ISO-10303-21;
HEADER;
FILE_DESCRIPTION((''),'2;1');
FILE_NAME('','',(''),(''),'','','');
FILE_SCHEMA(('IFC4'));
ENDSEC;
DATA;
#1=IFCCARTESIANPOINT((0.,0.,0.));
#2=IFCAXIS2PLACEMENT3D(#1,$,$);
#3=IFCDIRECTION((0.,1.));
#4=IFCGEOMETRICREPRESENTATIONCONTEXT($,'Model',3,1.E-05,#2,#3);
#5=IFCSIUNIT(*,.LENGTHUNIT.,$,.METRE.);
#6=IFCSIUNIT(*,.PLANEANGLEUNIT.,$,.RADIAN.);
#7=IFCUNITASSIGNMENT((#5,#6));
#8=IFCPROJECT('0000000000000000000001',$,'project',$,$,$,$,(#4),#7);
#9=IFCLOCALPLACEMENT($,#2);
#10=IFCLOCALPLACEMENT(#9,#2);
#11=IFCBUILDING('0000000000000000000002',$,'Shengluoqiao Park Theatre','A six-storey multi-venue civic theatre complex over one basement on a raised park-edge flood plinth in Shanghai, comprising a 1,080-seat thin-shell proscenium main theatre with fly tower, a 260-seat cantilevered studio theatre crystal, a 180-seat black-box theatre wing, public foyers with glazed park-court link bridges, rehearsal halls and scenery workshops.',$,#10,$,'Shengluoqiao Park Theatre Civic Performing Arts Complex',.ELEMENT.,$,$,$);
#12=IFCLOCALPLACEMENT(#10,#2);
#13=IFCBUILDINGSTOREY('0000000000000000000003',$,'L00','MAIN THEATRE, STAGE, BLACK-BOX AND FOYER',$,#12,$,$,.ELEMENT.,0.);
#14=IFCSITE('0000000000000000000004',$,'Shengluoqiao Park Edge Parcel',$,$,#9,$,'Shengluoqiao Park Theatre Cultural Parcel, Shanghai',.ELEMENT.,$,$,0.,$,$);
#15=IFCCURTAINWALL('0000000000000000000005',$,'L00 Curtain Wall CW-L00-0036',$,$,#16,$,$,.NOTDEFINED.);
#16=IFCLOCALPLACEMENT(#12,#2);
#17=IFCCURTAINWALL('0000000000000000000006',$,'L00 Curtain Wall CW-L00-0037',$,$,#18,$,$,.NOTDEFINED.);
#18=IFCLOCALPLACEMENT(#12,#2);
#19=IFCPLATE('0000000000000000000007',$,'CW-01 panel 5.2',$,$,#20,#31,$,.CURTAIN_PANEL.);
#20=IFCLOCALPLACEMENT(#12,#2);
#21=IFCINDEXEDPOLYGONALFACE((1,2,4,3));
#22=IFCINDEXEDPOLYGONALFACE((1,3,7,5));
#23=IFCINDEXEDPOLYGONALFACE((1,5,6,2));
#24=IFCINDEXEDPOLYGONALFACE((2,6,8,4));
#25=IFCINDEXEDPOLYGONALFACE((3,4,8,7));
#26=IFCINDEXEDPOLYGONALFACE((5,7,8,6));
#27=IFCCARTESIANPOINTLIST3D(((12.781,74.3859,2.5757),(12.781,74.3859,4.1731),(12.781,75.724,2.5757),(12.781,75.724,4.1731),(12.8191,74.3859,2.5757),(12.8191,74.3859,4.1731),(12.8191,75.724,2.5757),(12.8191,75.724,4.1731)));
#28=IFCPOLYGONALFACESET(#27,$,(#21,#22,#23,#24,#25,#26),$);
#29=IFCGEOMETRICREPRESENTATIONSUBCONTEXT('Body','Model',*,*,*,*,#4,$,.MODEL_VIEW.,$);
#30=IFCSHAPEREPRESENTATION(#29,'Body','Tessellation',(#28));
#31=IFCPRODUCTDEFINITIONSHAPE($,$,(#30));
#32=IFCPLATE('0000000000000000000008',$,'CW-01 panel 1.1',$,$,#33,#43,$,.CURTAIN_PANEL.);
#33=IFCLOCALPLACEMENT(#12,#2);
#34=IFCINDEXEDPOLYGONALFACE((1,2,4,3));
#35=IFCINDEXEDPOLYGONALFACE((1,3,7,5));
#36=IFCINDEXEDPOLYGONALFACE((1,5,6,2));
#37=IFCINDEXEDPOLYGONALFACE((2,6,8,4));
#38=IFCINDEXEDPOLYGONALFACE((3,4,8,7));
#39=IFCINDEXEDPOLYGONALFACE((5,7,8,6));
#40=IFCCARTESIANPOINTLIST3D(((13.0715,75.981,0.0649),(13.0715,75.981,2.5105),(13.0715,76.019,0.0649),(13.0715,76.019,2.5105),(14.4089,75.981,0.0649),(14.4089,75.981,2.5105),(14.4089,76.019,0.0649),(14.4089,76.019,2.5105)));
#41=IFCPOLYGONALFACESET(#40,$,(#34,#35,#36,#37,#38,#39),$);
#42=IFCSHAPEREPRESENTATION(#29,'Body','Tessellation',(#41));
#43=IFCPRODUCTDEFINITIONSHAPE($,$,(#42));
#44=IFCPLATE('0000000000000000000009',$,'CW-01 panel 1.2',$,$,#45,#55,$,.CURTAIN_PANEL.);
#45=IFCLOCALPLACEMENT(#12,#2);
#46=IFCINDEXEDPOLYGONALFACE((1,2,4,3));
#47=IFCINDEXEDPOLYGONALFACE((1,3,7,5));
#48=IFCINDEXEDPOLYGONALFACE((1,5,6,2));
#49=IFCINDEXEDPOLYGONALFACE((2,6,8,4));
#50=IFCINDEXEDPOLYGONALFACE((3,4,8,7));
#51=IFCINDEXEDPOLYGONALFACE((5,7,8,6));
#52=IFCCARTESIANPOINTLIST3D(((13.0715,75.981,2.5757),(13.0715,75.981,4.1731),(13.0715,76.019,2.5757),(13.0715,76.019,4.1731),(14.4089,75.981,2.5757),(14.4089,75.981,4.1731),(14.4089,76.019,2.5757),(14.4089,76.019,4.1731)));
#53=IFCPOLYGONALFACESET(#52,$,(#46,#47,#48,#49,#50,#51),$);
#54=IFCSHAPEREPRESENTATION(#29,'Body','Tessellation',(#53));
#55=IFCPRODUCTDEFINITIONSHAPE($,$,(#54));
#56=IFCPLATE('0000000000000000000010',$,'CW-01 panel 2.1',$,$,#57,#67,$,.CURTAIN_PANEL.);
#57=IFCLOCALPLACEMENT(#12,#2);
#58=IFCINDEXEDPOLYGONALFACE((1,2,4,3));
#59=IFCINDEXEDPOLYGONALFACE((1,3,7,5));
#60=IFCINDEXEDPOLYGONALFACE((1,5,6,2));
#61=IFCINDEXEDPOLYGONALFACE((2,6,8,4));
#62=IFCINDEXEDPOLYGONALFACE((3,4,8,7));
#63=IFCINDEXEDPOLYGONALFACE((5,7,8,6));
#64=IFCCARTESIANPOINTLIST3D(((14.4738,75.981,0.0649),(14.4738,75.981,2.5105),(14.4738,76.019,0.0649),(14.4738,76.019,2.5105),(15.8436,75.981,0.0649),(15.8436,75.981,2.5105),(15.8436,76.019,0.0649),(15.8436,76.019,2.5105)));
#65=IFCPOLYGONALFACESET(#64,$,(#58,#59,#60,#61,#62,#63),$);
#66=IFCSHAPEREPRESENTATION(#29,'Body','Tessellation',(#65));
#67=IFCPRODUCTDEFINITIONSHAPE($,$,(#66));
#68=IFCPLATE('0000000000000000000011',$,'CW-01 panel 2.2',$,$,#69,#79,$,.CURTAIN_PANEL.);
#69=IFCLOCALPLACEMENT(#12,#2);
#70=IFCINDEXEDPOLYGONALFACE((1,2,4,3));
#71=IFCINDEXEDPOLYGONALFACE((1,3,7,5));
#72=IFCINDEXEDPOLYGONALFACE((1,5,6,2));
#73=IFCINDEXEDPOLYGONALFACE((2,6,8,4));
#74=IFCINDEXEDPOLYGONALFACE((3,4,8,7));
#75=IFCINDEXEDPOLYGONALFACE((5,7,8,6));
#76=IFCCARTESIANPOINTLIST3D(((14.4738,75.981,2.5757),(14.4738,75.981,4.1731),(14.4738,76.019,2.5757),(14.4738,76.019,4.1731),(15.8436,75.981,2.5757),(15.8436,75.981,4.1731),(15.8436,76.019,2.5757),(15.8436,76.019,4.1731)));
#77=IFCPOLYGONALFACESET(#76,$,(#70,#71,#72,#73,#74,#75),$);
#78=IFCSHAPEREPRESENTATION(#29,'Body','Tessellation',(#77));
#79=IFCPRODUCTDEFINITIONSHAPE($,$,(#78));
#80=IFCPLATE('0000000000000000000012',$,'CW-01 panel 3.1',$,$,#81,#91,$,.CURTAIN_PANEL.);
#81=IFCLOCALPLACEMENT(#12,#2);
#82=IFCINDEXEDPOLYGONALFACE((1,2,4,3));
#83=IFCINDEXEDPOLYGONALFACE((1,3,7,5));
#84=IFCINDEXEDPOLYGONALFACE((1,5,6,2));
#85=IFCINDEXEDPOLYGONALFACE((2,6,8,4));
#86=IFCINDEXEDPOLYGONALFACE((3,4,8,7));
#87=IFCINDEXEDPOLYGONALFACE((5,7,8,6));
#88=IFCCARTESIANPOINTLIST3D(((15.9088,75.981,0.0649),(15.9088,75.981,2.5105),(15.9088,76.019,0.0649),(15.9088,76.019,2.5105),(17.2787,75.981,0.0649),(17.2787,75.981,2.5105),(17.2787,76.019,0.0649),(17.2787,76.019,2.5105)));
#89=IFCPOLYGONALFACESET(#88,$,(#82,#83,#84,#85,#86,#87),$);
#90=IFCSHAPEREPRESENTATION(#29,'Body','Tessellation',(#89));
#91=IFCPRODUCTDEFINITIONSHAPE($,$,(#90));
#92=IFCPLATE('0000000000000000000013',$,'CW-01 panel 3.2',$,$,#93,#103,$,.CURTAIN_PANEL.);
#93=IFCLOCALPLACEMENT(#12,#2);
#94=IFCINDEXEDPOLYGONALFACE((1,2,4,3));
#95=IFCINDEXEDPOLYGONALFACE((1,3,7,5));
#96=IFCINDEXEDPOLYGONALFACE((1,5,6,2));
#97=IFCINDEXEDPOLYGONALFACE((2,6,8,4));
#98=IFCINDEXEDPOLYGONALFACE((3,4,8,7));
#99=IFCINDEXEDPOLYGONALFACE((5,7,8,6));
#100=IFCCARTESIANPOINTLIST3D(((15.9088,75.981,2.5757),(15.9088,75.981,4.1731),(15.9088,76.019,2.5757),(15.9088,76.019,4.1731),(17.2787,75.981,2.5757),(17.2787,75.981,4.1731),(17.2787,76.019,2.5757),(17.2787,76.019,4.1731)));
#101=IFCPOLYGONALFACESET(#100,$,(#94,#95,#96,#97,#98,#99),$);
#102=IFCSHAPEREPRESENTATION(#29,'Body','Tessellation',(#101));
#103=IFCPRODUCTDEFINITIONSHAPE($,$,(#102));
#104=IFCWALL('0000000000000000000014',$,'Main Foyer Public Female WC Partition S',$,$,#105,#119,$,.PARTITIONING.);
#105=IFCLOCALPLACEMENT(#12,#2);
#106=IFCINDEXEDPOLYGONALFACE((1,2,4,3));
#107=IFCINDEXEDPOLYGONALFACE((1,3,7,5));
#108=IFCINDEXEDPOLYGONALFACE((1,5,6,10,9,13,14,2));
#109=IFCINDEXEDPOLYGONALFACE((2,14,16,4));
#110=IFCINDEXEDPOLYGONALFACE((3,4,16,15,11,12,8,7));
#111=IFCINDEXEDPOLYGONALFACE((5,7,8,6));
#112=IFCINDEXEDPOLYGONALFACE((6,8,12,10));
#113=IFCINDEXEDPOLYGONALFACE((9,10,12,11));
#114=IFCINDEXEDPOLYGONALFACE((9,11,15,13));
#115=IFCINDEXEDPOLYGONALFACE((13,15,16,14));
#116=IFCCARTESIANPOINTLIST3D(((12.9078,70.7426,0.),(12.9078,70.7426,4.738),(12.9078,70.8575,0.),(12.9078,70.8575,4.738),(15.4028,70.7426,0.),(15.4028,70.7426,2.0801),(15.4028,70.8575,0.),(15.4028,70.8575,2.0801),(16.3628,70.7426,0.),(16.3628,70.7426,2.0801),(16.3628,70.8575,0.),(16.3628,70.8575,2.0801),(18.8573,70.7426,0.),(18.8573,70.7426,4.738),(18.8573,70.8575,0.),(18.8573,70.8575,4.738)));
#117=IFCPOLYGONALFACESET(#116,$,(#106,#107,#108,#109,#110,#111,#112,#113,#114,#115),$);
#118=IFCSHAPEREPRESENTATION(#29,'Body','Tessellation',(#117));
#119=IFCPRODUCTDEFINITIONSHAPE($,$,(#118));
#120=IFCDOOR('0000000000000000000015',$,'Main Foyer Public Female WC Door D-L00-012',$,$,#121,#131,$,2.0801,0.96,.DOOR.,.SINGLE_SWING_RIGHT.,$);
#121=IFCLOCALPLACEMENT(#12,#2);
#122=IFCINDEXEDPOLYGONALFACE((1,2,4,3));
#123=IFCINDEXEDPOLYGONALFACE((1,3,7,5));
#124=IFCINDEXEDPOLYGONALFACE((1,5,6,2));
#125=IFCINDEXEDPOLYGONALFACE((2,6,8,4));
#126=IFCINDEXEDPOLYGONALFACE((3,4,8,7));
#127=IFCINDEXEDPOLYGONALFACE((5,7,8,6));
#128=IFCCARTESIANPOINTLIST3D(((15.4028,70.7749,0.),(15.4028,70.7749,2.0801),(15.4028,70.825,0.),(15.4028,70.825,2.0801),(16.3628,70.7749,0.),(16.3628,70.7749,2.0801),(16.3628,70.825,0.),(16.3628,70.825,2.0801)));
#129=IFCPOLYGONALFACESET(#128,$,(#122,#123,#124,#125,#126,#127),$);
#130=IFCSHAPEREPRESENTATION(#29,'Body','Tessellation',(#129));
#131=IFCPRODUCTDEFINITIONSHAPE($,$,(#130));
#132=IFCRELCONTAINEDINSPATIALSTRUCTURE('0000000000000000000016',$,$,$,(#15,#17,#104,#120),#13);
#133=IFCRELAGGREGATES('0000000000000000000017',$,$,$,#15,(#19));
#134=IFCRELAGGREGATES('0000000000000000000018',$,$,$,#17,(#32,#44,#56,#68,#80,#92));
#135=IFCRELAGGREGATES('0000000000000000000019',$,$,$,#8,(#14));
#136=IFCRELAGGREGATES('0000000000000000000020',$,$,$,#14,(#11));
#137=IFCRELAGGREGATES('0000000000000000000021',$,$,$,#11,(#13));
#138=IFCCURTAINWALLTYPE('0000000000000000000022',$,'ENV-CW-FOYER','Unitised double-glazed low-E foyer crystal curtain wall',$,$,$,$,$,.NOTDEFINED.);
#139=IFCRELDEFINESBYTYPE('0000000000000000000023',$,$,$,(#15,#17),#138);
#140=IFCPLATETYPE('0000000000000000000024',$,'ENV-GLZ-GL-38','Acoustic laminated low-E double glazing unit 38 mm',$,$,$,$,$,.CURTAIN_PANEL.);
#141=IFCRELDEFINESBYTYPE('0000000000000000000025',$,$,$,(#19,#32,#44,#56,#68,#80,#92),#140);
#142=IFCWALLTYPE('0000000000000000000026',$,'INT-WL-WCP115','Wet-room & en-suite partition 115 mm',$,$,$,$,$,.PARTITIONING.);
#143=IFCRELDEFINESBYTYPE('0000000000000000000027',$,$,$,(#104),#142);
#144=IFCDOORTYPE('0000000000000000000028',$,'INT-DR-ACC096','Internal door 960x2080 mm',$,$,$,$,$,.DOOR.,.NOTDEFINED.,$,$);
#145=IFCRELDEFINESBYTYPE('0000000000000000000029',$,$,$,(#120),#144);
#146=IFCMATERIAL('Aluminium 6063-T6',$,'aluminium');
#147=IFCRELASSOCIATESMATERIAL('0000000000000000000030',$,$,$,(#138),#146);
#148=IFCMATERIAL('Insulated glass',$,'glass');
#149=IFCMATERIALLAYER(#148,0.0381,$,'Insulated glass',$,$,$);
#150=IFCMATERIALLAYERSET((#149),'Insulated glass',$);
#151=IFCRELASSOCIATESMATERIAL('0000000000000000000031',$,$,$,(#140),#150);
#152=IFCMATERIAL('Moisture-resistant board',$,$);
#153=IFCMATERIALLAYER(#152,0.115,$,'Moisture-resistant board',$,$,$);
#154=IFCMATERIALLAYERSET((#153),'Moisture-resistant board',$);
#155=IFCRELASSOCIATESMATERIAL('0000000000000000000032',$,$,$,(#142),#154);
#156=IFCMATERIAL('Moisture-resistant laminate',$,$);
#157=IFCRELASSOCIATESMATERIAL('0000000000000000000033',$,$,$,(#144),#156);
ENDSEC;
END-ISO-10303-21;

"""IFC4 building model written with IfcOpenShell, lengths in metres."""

from ifc_helpers import new_model, si_unit, direction, frame, frame_2d, origin, origin_2d, place, context, subcontext, project, spatial, rectangle, extrude, material, layer, layer_set, type_object, element, fill, aggregate, save


model = new_model("IFC4")

# Units and contexts
model_context = context("Model", 3, precision=1e-05, world=origin(), true_north=direction((0.0, 1.0)))
body_context = subcontext(model_context, "Body", "Model", "MODEL_VIEW")
ifc_project = project(units=[si_unit("LENGTHUNIT", "METRE"), si_unit("PLANEANGLEUNIT", "RADIAN")], contexts=[model_context])

# Site, building, storey
site_placement = place(None, origin())
site = spatial("IfcSite", under=ifc_project, at=site_placement, Name="Shengluoqiao Park Edge Parcel", LongName="Shengluoqiao Park Theatre Cultural Parcel, Shanghai", CompositionType="ELEMENT", RefElevation=0.0)
building_placement = place(site_placement, origin())
building = spatial("IfcBuilding", under=site, at=building_placement, Name="Shengluoqiao Park Theatre", Description="A six-storey multi-venue civic theatre complex over one basement on a raised park-edge flood plinth in Shanghai, comprising a 1,080-seat thin-shell proscenium main theatre with fly tower, a 260-seat cantilevered studio theatre crystal, a 180-seat black-box theatre wing, public foyers with glazed park-court link bridges, rehearsal halls and scenery workshops.", LongName="Shengluoqiao Park Theatre Civic Performing Arts Complex", CompositionType="ELEMENT")
storey_placement = place(building_placement, origin())
storey = spatial("IfcBuildingStorey", under=building, at=storey_placement, Name="L00", Description="MAIN THEATRE, STAGE, BLACK-BOX AND FOYER", CompositionType="ELEMENT", Elevation=0.0)

# Curtain walls
ifc_material_1 = material(Name="Aluminium 6063-T6", Category="aluminium")
curtain_wall_type = type_object("IfcCurtainWallType", Name="ENV-CW-FOYER", Description="Unitised double-glazed low-E foyer crystal curtain wall", PredefinedType="NOTDEFINED", material=ifc_material_1)
curtain_wall_1_placement = place(storey_placement, origin())
curtain_wall_1 = element("IfcCurtainWall", 1, at=curtain_wall_1_placement, inside=storey, type_object=curtain_wall_type, Name="L00 Curtain Wall CW-L00-0036", PredefinedType="NOTDEFINED")
curtain_wall_2_placement = place(storey_placement, origin())
curtain_wall_2 = element("IfcCurtainWall", 2, at=curtain_wall_2_placement, inside=storey, type_object=curtain_wall_type, Name="L00 Curtain Wall CW-L00-0037", PredefinedType="NOTDEFINED")

# Plates
ifc_material_2 = material(Name="Insulated glass", Category="glass")
ifc_layer_1 = layer(ifc_material_2, 0.0381, Name="Insulated glass")
ifc_layer_set_1 = layer_set([ifc_layer_1], Name="Insulated glass")
plate_type = type_object("IfcPlateType", Name="ENV-GLZ-GL-38", Description="Acoustic laminated low-E double glazing unit 38 mm", PredefinedType="CURTAIN_PANEL", material=ifc_layer_set_1)
plate_1_placement = place(storey_placement, frame((12.8, 75.0549, 2.5757), z_axis=(0.0, 0.0, 1.0), x_axis=(0.0, 1.0, 0.0)))
plate_1 = element("IfcPlate", 3, at=plate_1_placement, type_object=plate_type, Name="CW-01 panel 5.2", PredefinedType="CURTAIN_PANEL", context=body_context, shape_type="SweptSolid", body=[
    extrude(rectangle(XDim=1.3381, YDim=0.0381, at=origin_2d()), origin(), (0.0, 0.0, 1.0), 1.5974),
])
aggregate(curtain_wall_1, [plate_1])
plate_2_placement = place(storey_placement, frame((13.7402, 76.0, 0.0649), z_axis=(0.0, 0.0, 1.0), x_axis=(1.0, 0.0, 0.0)))
plate_2 = element("IfcPlate", 4, at=plate_2_placement, type_object=plate_type, Name="CW-01 panel 1.1", PredefinedType="CURTAIN_PANEL", context=body_context, shape_type="SweptSolid", body=[
    extrude(rectangle(XDim=1.3374, YDim=0.0381, at=origin_2d()), origin(), (0.0, 0.0, 1.0), 2.4456),
])
plate_3_placement = place(storey_placement, frame((13.7402, 76.0, 2.5757), z_axis=(0.0, 0.0, 1.0), x_axis=(1.0, 0.0, 0.0)))
plate_3 = element("IfcPlate", 5, at=plate_3_placement, type_object=plate_type, Name="CW-01 panel 1.2", PredefinedType="CURTAIN_PANEL", context=body_context, shape_type="SweptSolid", body=[
    extrude(rectangle(XDim=1.3374, YDim=0.0381, at=origin_2d()), origin(), (0.0, 0.0, 1.0), 1.5974),
])
plate_4_placement = place(storey_placement, frame((15.1587, 76.0, 0.0649), z_axis=(0.0, 0.0, 1.0), x_axis=(1.0, 0.0, 0.0)))
plate_4 = element("IfcPlate", 6, at=plate_4_placement, type_object=plate_type, Name="CW-01 panel 2.1", PredefinedType="CURTAIN_PANEL", context=body_context, shape_type="SweptSolid", body=[
    extrude(rectangle(XDim=1.3699, YDim=0.0381, at=origin_2d()), origin(), (0.0, 0.0, 1.0), 2.4456),
])
plate_5_placement = place(storey_placement, frame((15.1587, 76.0, 2.5757), z_axis=(0.0, 0.0, 1.0), x_axis=(1.0, 0.0, 0.0)))
plate_5 = element("IfcPlate", 7, at=plate_5_placement, type_object=plate_type, Name="CW-01 panel 2.2", PredefinedType="CURTAIN_PANEL", context=body_context, shape_type="SweptSolid", body=[
    extrude(rectangle(XDim=1.3699, YDim=0.0381, at=origin_2d()), origin(), (0.0, 0.0, 1.0), 1.5974),
])
plate_6_placement = place(storey_placement, frame((16.5938, 76.0, 0.0649), z_axis=(0.0, 0.0, 1.0), x_axis=(1.0, 0.0, 0.0)))
plate_6 = element("IfcPlate", 8, at=plate_6_placement, type_object=plate_type, Name="CW-01 panel 3.1", PredefinedType="CURTAIN_PANEL", context=body_context, shape_type="SweptSolid", body=[
    extrude(rectangle(XDim=1.3699, YDim=0.0381, at=origin_2d()), origin(), (0.0, 0.0, 1.0), 2.4456),
])
plate_7_placement = place(storey_placement, frame((16.5938, 76.0, 2.5757), z_axis=(0.0, 0.0, 1.0), x_axis=(1.0, 0.0, 0.0)))
plate_7 = element("IfcPlate", 9, at=plate_7_placement, type_object=plate_type, Name="CW-01 panel 3.2", PredefinedType="CURTAIN_PANEL", context=body_context, shape_type="SweptSolid", body=[
    extrude(rectangle(XDim=1.3699, YDim=0.0381, at=origin_2d()), origin(), (0.0, 0.0, 1.0), 1.5974),
])
aggregate(curtain_wall_2, [plate_2, plate_3, plate_4, plate_5, plate_6, plate_7])

# Wall, opening, door
ifc_material_3 = material(Name="Moisture-resistant board")
ifc_layer_2 = layer(ifc_material_3, 0.115, Name="Moisture-resistant board")
ifc_layer_set_2 = layer_set([ifc_layer_2], Name="Moisture-resistant board")
wall_type = type_object("IfcWallType", Name="INT-WL-WCP115", Description="Wet-room & en-suite partition 115 mm", PredefinedType="PARTITIONING", material=ifc_layer_set_2)
wall_placement = place(storey_placement, frame((12.908, 70.8, 0.0), z_axis=(0.0, 0.0, 1.0), x_axis=(1.0, 0.0, 0.0)))
wall = element("IfcWall", 10, at=wall_placement, inside=storey, type_object=wall_type, Name="Main Foyer Public Female WC Partition S", PredefinedType="PARTITIONING", context=body_context, shape_type="SweptSolid", body=[
    extrude(rectangle(XDim=5.9495, YDim=0.115, at=frame_2d((2.9746, 0.0))), origin(), (0.0, 0.0, 1.0), 4.738),
])
opening_placement = place(wall_placement, frame((2.4949, 0.0, 0.0)))
opening = element("IfcOpeningElement", 11, at=opening_placement, cuts=wall, PredefinedType="OPENING", context=body_context, shape_type="SweptSolid", body=[
    extrude(rectangle(XDim=0.96, YDim=2.0801, at=frame_2d((0.48, 1.04))), frame((0.0, 0.0674, 0.0), z_axis=(0.0, -1.0, 0.0), x_axis=(1.0, 0.0, 0.0)), (0.0, 0.0, 1.0), 0.135),
])
ifc_material_4 = material(Name="Moisture-resistant laminate")
door_type = type_object("IfcDoorType", Name="INT-DR-ACC096", Description="Internal door 960x2080 mm", OperationType="NOTDEFINED", PredefinedType="DOOR", material=ifc_material_4)
door_placement = place(opening_placement, origin())
door = element("IfcDoor", 12, at=door_placement, inside=storey, type_object=door_type, Name="Main Foyer Public Female WC Door D-L00-012", OperationType="SINGLE_SWING_RIGHT", OverallHeight=2.0801, OverallWidth=0.96, PredefinedType="DOOR", context=body_context, shape_type="SweptSolid", body=[
    extrude(rectangle(XDim=0.96, YDim=2.0801, at=frame_2d((0.48, 1.04))), frame((0.0, 0.0249, 0.0), z_axis=(0.0, -1.0, 0.0), x_axis=(1.0, 0.0, 0.0)), (0.0, 0.0, 1.0), 0.05),
])
fill(opening, door)

save(model, "model.ifc")
